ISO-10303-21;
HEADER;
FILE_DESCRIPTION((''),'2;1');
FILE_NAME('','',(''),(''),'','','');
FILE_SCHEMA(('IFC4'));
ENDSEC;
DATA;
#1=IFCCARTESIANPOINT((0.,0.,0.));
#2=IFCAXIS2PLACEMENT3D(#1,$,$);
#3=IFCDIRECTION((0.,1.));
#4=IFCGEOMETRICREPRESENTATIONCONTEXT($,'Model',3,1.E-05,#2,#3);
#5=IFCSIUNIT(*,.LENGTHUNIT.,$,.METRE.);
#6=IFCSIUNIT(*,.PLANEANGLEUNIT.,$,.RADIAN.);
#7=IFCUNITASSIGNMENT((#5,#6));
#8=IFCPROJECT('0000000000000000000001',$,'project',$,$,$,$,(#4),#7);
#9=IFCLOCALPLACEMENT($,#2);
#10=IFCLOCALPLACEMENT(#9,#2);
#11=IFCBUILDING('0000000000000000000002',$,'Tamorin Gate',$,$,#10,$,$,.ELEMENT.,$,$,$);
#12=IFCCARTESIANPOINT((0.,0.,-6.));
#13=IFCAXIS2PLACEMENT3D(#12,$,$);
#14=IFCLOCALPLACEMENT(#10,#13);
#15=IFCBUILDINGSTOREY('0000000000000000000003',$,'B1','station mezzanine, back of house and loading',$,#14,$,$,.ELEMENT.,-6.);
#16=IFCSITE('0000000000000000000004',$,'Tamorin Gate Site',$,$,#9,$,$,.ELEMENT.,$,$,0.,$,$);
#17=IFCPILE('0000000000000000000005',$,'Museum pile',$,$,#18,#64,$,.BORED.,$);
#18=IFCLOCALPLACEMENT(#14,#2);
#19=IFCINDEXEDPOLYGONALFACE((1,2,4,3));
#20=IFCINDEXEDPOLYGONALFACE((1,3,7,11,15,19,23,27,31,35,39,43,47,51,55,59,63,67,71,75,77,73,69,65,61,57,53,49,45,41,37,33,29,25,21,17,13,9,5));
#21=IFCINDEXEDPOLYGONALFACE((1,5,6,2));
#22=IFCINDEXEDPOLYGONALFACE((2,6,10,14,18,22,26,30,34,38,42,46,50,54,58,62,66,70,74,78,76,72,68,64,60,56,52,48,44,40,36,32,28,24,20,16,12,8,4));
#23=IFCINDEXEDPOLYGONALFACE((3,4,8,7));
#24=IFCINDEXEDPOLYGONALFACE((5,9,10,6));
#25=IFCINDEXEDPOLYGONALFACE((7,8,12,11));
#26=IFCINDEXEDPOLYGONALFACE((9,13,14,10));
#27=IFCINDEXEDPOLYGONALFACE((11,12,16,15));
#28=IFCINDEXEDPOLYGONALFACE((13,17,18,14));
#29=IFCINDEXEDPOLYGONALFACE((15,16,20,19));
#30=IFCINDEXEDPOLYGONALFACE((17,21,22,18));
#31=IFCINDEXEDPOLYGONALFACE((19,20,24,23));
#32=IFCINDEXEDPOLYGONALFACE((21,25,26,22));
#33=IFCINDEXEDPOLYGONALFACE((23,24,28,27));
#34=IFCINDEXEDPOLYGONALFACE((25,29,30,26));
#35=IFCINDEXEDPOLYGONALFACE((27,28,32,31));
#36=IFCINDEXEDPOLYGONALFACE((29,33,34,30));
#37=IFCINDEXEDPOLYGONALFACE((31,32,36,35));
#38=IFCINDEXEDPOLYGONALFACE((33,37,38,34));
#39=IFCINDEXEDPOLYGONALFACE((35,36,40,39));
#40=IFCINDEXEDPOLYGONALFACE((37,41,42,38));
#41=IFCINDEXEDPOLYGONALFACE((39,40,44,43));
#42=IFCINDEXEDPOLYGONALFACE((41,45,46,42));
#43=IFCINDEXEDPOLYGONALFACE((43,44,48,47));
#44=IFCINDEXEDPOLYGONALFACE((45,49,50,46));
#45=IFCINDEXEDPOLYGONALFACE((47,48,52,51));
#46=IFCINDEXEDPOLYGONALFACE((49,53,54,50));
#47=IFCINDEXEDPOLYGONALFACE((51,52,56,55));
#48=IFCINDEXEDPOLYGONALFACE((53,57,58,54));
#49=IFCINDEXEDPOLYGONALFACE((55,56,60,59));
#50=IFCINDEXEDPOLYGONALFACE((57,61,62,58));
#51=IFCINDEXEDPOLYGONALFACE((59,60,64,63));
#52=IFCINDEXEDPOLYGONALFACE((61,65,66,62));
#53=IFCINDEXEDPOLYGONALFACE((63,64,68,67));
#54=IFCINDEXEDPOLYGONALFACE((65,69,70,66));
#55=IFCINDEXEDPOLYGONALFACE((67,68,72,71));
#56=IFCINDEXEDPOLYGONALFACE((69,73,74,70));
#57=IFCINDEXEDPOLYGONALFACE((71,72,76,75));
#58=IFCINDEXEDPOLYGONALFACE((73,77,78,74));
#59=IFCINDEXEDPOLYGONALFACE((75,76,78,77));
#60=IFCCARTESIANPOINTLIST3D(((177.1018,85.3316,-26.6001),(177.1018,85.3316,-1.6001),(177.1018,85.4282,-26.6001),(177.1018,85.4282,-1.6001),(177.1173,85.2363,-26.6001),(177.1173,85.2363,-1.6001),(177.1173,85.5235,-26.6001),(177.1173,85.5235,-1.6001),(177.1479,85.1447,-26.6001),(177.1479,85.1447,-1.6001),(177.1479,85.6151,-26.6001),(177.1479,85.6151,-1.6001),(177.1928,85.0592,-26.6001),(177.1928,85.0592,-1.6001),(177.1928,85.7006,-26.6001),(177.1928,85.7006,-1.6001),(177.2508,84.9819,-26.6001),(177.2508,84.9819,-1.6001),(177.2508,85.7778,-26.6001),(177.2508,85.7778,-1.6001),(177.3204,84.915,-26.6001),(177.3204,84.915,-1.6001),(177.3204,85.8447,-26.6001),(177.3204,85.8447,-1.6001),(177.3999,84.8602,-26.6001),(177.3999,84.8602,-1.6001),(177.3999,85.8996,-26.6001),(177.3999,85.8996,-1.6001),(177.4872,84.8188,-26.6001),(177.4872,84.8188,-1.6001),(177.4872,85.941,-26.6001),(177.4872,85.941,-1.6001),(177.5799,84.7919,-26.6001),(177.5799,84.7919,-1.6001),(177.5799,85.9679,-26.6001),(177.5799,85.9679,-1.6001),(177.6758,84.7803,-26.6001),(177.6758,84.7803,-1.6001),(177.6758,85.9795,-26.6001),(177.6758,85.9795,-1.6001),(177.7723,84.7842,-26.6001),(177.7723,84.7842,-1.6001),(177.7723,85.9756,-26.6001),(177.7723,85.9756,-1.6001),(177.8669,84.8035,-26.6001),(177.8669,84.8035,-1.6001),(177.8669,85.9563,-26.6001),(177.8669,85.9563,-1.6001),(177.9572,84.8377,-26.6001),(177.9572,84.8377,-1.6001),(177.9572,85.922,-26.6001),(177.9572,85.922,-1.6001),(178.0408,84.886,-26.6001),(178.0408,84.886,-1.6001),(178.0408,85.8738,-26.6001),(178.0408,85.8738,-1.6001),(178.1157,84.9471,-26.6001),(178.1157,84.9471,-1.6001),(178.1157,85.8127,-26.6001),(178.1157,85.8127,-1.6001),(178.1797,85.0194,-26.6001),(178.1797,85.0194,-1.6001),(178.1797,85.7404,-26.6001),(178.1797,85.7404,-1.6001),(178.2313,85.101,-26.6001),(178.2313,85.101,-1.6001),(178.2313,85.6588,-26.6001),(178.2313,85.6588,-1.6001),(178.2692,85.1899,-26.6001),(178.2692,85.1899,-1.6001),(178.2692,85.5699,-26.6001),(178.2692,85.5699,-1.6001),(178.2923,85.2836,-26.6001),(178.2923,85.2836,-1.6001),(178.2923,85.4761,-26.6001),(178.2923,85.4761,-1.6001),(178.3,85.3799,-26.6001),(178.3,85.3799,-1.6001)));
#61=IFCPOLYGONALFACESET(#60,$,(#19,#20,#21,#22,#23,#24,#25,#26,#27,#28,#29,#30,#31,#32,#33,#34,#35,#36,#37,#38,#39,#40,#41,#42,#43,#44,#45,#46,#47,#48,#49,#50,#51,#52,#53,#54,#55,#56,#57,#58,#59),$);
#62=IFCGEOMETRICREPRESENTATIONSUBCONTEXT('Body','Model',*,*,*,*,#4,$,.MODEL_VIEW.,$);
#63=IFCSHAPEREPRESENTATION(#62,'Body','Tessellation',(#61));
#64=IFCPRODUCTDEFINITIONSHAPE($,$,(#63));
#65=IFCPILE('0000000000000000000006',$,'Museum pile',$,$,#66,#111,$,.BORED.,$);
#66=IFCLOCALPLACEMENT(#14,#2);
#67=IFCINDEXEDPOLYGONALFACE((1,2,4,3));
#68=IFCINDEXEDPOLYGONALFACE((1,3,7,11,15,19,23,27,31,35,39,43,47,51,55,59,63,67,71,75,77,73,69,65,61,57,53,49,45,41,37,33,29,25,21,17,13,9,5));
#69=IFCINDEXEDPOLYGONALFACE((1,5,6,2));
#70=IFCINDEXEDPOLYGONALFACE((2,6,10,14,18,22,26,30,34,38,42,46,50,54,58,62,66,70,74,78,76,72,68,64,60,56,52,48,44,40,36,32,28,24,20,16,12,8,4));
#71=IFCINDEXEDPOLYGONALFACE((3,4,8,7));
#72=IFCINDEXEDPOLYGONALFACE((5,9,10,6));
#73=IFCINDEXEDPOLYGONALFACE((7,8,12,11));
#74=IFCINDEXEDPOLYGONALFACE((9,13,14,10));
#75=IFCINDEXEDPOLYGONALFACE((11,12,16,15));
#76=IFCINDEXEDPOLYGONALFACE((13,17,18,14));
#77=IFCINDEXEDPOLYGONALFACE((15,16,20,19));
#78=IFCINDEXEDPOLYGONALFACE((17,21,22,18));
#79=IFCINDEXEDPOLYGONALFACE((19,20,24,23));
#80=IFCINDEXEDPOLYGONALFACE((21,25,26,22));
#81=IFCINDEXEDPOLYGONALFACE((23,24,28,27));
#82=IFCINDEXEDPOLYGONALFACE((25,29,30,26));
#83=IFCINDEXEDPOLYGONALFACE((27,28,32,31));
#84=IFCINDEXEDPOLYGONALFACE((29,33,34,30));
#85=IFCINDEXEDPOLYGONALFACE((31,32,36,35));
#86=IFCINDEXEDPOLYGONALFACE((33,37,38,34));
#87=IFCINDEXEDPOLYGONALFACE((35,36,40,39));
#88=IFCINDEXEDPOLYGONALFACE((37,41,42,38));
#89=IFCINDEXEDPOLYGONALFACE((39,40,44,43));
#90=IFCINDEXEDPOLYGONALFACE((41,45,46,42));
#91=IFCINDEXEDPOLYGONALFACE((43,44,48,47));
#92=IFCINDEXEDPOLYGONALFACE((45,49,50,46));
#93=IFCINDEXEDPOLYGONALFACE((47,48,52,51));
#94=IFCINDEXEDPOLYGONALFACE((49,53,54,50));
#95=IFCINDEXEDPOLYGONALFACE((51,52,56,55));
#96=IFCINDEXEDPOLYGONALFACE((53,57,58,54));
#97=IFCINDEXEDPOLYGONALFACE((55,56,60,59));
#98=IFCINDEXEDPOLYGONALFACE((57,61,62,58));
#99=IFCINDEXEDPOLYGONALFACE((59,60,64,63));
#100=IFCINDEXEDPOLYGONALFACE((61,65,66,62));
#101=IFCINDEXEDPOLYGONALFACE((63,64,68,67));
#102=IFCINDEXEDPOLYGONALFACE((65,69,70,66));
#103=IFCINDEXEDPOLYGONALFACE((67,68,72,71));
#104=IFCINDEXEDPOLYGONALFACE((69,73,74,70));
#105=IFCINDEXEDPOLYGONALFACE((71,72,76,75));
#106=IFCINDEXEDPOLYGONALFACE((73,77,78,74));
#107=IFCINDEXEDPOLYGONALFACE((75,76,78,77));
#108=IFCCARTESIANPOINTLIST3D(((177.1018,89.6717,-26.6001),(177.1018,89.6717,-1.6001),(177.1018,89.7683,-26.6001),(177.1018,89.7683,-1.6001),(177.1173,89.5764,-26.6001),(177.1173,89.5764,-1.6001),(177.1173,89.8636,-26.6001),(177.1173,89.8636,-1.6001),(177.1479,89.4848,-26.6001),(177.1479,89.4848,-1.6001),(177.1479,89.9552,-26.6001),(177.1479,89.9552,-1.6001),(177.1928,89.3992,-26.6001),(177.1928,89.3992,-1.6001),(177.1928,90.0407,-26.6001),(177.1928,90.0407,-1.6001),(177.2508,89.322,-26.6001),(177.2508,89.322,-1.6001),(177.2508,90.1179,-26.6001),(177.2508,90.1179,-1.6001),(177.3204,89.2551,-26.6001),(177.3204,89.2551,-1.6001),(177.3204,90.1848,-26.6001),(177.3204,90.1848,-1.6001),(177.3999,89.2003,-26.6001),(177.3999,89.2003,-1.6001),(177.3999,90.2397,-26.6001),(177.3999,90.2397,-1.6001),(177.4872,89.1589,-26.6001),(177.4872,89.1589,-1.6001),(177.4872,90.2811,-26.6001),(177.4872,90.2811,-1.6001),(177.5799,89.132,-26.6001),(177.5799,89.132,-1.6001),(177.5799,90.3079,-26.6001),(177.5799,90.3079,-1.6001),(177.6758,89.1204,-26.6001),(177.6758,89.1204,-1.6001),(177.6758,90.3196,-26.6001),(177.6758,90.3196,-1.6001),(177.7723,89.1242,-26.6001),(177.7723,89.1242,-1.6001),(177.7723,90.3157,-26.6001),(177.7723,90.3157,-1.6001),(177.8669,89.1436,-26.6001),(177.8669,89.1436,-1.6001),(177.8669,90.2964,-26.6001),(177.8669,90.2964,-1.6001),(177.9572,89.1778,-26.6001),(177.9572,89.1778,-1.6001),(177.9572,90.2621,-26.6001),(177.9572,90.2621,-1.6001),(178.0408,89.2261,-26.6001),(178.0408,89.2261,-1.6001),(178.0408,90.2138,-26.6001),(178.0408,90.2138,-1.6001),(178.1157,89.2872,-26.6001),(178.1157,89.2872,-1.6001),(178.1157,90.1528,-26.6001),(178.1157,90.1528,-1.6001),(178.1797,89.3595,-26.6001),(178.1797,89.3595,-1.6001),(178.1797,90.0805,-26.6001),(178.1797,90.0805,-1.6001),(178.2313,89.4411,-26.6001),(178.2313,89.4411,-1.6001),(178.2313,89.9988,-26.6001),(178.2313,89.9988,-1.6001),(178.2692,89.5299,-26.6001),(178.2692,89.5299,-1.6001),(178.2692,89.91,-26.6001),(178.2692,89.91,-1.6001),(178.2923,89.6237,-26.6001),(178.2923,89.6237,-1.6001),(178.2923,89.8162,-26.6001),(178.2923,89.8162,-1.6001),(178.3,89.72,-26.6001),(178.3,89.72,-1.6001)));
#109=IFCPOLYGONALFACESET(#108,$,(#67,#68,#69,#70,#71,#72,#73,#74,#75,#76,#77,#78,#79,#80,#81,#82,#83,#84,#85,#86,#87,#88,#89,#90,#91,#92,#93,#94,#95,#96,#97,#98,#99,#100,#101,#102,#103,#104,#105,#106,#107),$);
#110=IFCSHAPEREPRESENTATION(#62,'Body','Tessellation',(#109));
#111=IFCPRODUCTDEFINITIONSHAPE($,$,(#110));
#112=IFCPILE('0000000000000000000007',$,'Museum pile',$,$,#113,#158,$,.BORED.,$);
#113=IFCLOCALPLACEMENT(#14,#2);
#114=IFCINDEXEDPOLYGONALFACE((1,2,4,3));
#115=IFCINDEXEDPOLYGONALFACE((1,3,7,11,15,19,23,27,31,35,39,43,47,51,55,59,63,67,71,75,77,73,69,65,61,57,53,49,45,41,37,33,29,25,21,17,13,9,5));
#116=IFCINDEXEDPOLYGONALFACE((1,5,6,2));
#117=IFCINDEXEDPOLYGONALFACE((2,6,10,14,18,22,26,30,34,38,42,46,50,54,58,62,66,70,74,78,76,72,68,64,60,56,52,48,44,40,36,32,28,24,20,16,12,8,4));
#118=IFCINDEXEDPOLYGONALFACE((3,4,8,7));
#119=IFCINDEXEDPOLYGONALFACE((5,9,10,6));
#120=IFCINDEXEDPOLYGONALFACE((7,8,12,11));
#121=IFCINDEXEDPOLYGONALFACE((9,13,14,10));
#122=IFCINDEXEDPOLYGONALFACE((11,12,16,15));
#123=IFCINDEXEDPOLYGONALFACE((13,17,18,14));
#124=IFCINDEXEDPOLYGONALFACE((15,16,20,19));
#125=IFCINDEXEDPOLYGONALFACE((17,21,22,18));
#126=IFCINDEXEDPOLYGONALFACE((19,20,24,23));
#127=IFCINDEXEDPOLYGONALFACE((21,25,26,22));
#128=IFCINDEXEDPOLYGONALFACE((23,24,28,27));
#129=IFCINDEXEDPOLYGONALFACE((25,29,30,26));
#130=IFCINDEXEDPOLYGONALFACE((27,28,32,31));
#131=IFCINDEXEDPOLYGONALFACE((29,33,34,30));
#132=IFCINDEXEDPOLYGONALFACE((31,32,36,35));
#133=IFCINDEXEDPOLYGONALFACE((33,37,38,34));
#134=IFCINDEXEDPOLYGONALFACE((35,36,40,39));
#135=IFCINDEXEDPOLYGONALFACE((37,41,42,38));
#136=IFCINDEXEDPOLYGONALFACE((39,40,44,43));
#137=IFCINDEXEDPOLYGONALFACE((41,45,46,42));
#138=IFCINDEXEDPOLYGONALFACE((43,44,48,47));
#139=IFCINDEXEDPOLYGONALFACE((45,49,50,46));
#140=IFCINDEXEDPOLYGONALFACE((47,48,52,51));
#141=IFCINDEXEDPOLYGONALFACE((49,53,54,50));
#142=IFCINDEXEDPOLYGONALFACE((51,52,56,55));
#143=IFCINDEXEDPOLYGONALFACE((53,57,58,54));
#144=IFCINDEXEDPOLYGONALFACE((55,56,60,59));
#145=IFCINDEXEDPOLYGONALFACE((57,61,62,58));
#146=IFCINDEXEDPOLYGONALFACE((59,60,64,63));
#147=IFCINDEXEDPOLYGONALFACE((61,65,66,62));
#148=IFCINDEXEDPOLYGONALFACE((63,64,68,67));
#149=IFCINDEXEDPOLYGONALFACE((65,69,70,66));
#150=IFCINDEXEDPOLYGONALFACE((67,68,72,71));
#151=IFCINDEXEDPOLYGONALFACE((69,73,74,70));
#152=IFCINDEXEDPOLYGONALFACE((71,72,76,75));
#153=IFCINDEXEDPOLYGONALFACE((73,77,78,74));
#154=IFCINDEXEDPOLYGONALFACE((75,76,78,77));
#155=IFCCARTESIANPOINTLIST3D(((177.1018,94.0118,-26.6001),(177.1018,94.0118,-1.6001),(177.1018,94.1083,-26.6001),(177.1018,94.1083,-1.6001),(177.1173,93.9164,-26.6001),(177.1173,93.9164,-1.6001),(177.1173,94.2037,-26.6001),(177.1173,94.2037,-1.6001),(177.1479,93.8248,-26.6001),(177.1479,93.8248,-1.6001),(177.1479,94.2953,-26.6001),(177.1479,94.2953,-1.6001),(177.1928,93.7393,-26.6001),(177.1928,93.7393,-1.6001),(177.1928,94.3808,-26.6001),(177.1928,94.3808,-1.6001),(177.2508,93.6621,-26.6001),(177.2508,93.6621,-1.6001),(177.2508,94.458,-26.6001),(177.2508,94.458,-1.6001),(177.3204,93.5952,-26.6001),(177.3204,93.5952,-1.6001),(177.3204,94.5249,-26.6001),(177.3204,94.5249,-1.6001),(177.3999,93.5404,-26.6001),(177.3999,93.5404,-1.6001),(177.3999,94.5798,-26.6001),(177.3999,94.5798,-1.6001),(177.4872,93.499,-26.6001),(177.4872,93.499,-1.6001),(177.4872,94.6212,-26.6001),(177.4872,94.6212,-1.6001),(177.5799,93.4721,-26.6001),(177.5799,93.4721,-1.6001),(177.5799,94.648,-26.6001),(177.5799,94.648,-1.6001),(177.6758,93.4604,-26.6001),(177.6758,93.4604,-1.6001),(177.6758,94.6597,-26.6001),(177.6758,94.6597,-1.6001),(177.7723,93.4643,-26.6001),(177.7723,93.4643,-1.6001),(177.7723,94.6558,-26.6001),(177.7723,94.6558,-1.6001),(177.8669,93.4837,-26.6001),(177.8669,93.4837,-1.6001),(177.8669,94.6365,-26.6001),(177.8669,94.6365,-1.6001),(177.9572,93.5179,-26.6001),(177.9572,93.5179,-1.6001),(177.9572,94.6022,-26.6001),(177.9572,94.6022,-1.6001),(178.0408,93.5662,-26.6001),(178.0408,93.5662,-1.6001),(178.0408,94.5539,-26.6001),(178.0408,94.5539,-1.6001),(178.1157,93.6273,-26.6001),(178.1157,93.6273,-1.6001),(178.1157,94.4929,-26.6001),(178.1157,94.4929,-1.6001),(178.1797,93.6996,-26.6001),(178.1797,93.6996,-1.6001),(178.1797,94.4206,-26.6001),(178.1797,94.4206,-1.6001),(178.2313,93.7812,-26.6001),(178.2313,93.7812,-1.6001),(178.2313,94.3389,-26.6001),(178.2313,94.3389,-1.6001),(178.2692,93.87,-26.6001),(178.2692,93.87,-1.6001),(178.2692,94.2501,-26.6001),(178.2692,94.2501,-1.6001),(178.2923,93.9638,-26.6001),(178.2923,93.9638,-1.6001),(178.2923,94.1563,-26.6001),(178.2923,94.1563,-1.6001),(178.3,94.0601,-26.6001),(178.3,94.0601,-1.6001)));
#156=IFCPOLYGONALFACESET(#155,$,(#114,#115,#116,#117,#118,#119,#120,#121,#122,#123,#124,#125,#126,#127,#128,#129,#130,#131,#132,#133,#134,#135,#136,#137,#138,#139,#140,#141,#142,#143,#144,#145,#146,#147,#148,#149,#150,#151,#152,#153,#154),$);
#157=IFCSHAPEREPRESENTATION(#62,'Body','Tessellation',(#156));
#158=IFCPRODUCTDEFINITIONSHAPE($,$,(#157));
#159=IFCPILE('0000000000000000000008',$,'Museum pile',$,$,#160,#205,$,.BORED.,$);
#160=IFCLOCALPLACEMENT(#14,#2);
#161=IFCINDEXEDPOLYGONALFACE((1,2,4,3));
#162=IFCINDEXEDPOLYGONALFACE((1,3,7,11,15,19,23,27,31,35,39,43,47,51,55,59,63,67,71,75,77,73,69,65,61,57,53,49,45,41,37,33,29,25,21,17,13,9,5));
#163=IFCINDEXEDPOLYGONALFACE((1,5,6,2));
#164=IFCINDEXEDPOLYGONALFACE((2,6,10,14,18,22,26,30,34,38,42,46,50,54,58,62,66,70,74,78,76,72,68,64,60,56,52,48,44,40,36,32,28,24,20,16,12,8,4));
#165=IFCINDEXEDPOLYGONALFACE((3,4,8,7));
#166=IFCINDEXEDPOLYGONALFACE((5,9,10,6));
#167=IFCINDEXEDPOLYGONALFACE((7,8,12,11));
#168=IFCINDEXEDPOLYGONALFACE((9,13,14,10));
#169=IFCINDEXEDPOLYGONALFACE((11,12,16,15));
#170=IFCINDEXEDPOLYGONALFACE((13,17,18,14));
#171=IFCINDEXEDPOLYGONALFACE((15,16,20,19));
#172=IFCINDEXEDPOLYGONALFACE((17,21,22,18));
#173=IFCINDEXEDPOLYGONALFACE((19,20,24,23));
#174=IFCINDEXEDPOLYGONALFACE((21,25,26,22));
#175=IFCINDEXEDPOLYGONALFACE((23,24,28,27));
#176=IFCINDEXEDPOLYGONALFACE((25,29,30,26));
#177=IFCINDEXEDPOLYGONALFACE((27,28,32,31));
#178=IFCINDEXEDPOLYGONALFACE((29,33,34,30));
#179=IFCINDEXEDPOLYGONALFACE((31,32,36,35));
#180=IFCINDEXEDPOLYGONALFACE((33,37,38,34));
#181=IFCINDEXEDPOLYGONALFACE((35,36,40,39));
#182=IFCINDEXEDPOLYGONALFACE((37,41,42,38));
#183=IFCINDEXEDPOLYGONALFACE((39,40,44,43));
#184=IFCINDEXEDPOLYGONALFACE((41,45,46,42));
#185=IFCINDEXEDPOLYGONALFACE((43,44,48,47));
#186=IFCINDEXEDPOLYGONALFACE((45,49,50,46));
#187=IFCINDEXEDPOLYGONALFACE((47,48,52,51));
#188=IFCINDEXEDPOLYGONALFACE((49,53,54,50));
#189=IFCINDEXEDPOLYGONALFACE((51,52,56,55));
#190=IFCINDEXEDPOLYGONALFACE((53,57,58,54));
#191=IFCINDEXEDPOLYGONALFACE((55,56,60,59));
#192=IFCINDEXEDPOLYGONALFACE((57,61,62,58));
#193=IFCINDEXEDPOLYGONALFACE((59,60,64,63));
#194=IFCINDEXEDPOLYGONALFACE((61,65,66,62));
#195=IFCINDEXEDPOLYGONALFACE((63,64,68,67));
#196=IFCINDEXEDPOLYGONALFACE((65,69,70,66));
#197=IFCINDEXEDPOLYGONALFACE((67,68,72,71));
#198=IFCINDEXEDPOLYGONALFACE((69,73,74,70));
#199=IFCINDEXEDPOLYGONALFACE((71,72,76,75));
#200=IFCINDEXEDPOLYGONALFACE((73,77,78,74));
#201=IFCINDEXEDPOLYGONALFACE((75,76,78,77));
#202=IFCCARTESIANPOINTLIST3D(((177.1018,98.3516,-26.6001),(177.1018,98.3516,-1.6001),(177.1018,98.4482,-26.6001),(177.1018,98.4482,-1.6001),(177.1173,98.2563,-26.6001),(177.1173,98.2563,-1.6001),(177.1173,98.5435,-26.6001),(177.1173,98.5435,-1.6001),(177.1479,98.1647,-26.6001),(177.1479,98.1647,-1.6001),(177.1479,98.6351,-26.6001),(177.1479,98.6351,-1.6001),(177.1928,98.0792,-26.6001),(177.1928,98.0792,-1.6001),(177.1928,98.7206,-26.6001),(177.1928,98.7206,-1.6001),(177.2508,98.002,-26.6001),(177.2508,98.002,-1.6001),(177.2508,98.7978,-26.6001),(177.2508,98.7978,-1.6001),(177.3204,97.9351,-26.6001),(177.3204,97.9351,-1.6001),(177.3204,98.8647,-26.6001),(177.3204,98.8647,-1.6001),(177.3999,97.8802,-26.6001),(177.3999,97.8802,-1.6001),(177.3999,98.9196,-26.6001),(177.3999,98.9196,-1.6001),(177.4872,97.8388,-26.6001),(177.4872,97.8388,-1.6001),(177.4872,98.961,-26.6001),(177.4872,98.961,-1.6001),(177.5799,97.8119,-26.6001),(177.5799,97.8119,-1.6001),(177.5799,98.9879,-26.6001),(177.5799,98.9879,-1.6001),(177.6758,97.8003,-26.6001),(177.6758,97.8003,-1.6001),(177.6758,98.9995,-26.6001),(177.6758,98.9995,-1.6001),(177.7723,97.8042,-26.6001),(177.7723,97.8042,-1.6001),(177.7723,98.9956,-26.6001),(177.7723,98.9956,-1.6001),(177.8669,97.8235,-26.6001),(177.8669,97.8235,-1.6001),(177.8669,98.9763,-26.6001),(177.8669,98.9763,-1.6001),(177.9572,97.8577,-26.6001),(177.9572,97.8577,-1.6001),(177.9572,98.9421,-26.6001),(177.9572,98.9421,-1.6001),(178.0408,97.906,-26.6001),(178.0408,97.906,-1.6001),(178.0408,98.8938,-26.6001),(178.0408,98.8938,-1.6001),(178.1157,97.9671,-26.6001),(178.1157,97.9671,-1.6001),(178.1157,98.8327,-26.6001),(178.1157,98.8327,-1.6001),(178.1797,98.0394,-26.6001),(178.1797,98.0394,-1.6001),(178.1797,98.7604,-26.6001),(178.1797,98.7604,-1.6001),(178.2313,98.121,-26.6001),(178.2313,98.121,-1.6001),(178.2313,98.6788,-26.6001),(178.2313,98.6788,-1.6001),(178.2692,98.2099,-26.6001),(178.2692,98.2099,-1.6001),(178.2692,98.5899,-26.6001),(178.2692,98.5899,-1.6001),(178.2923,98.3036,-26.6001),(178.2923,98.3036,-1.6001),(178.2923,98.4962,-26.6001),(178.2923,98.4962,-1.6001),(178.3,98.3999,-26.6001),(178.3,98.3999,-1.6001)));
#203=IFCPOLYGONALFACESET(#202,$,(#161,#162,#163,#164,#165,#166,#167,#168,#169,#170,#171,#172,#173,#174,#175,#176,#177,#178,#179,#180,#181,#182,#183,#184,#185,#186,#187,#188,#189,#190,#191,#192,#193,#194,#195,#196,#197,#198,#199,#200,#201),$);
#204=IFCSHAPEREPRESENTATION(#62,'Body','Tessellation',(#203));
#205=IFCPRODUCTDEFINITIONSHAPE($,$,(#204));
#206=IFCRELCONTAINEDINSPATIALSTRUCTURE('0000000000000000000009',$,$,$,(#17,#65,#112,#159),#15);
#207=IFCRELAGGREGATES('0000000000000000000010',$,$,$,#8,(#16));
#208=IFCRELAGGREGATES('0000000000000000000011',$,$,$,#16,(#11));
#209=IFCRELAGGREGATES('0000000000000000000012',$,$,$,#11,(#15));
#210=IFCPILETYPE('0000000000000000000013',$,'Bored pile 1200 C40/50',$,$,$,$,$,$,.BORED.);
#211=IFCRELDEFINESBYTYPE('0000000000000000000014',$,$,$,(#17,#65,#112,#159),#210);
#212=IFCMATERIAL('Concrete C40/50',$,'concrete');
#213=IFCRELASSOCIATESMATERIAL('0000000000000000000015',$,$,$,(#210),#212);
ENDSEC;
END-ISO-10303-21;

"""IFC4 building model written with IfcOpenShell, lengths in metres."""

from ifc_helpers import new_model, si_unit, direction, frame, origin, origin_2d, place, context, subcontext, project, spatial, circle, extrude, material, material_profile, profile_set, type_object, element, save


model = new_model("IFC4")

# Units and contexts
model_context = context("Model", 3, precision=1e-05, world=origin(), true_north=direction((0.0, 1.0)))
body_context = subcontext(model_context, "Body", "Model", "MODEL_VIEW")
ifc_project = project(units=[si_unit("LENGTHUNIT", "METRE"), si_unit("PLANEANGLEUNIT", "RADIAN")], contexts=[model_context])

# Site, building, storey
site_placement = place(None, origin())
site = spatial("IfcSite", under=ifc_project, at=site_placement, Name="Tamorin Gate Site", CompositionType="ELEMENT", RefElevation=0.0)
building_placement = place(site_placement, origin())
building = spatial("IfcBuilding", under=site, at=building_placement, Name="Tamorin Gate", CompositionType="ELEMENT")
storey_placement = place(building_placement, frame((0.0, 0.0, -6.0)))
storey = spatial("IfcBuildingStorey", under=building, at=storey_placement, Name="B1", Description="station mezzanine, back of house and loading", CompositionType="ELEMENT", Elevation=-6.0)

# Piles
ifc_material_1 = material(Name="Concrete C40/50", Category="concrete")
ifc_material_profile_1 = material_profile(ifc_material_1, circle(Radius=0.6001, at=origin_2d()))
ifc_profile_set_1 = profile_set([ifc_material_profile_1], Name="Concrete C40/50")
pile_type = type_object("IfcPileType", Name="Bored pile 1200 C40/50", PredefinedType="BORED", material=ifc_profile_set_1)
for number, where, z_axis, x_axis, name in (
    (1, (177.7, 85.3799, -1.6001), (0.0, 0.0, -1.0), (1.0, 0.0, 0.0), "Museum pile"),
    (2, (177.7, 89.72, -1.6001), (0.0, 0.0, -1.0), (1.0, 0.0, 0.0), "Museum pile"),
    (3, (177.7, 94.0601, -1.6001), (0.0, 0.0, -1.0), (1.0, 0.0, 0.0), "Museum pile"),
    (4, (177.7, 98.3999, -1.6001), (0.0, 0.0, -1.0), (1.0, 0.0, 0.0), "Museum pile"),
):
    element("IfcPile", number, at=place(storey_placement, frame(where, z_axis=z_axis, x_axis=x_axis)), inside=storey, type_object=pile_type, Name=name, PredefinedType="BORED", context=body_context, shape_type="SweptSolid", body=[
        extrude(circle(Radius=0.6001, at=origin_2d()), origin(), (0.0, 0.0, 1.0), 25.0),
    ])

save(model, "model.ifc")
